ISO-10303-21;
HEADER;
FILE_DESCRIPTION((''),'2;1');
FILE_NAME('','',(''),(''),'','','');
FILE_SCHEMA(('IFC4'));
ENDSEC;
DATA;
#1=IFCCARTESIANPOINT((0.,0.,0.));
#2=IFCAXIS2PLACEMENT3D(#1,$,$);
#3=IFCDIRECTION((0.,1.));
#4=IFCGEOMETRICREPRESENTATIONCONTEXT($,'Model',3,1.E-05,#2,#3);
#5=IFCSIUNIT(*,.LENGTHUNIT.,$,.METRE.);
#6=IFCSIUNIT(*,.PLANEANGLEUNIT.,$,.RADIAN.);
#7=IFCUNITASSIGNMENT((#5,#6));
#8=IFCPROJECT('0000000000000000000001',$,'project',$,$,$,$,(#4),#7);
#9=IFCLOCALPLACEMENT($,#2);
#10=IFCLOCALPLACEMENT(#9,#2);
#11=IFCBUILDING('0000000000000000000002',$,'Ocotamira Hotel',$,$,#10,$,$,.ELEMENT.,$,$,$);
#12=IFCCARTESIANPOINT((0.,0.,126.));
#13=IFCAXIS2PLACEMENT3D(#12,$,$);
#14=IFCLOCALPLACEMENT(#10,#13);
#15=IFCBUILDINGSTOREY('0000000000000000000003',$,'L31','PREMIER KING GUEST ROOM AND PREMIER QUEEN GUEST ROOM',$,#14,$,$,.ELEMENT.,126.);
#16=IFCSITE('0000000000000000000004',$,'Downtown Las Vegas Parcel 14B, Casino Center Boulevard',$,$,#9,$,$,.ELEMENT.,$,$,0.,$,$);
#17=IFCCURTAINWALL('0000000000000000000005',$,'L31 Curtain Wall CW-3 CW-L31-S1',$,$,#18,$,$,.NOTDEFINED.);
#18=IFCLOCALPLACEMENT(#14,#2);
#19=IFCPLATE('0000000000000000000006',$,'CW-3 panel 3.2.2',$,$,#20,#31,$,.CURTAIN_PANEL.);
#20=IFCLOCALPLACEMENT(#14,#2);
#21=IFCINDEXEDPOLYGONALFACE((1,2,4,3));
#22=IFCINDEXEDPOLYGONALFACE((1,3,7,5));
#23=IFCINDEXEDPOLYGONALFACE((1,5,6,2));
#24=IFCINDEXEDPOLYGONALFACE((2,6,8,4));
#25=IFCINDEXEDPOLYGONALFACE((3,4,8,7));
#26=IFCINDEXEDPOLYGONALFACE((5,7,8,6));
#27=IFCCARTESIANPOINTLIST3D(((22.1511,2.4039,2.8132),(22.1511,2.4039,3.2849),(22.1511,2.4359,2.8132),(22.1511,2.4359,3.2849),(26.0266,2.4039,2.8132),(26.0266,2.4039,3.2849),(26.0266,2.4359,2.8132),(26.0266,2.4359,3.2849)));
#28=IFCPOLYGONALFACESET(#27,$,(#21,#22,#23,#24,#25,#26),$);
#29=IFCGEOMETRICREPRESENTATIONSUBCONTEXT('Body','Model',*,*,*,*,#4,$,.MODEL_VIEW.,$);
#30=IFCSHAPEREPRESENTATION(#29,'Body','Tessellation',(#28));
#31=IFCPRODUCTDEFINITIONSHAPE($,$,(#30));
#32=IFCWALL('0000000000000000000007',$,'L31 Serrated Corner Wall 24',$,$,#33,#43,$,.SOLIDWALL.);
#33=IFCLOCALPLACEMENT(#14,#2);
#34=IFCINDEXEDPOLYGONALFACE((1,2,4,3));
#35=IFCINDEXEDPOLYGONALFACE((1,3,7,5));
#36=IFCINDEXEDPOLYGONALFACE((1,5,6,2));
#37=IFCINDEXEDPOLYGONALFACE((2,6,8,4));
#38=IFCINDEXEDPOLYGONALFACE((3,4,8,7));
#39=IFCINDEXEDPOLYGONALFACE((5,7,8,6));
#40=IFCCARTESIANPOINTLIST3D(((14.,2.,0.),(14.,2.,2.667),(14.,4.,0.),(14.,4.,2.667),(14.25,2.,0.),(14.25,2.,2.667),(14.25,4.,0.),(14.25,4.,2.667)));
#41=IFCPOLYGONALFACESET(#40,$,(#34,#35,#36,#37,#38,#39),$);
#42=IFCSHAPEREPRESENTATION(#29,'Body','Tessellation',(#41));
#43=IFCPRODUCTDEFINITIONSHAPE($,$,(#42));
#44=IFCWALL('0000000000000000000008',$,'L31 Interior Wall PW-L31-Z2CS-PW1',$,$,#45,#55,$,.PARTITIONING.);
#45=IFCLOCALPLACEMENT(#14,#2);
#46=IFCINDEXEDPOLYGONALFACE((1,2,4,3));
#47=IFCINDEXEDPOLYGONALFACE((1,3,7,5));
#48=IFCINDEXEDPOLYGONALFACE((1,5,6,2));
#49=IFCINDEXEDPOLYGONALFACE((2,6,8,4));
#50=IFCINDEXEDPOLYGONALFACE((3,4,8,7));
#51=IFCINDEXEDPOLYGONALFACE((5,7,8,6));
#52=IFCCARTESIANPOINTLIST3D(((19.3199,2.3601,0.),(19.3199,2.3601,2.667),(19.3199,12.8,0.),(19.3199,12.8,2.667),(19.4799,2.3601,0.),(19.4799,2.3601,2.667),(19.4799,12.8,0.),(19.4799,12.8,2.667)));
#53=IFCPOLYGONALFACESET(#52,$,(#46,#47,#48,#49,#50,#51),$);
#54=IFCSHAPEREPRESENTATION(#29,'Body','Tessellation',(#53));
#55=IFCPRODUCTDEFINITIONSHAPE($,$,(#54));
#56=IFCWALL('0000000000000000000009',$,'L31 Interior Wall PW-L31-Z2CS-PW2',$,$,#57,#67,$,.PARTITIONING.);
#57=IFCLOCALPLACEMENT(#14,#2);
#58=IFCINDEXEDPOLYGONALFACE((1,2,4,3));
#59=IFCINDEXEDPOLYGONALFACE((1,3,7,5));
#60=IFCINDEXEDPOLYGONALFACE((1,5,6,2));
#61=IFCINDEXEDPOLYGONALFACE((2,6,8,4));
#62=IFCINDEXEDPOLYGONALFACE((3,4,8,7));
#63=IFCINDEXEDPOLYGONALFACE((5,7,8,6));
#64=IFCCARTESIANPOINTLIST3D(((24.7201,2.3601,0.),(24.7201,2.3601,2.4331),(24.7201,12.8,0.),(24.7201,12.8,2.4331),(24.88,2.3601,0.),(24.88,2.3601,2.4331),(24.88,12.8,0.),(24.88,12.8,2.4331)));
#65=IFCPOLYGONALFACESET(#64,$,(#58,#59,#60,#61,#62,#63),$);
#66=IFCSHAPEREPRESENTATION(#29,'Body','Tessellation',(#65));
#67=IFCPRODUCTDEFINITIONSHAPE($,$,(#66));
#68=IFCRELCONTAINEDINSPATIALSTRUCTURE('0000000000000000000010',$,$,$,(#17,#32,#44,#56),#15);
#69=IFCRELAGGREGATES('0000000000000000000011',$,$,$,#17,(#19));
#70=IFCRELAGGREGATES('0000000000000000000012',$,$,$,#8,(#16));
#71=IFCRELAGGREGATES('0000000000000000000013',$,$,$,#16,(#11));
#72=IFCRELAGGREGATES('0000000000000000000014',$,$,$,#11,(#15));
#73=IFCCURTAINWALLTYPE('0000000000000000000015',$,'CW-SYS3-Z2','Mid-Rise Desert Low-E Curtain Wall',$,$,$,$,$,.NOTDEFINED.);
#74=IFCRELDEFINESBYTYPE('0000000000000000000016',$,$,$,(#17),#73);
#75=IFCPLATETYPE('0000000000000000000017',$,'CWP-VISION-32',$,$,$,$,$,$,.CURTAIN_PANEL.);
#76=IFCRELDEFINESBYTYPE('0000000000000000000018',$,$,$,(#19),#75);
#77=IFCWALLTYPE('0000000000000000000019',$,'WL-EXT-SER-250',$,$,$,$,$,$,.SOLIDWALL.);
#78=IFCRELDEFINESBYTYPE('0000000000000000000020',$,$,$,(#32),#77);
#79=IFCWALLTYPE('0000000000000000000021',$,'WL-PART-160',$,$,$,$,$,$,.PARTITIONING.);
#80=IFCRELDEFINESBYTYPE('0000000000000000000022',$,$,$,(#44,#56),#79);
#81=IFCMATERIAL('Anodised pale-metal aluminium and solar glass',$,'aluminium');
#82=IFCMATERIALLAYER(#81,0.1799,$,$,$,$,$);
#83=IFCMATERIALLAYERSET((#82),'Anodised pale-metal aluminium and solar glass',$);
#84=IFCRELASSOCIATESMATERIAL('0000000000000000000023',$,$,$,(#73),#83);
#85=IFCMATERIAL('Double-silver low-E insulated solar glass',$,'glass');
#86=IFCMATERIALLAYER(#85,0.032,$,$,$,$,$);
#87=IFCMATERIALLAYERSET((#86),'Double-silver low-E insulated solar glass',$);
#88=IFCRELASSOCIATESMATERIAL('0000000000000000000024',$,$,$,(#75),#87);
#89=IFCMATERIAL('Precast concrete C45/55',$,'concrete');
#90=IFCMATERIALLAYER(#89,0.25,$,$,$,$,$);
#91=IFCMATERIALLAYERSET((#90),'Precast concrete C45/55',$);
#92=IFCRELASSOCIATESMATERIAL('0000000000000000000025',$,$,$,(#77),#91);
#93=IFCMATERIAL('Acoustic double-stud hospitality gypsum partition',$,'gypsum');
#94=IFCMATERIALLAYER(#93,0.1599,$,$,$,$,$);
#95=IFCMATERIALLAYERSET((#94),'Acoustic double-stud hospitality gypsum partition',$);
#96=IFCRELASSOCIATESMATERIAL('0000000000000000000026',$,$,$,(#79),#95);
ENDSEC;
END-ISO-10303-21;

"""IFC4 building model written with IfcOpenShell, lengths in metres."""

from ifc_helpers import new_model, si_unit, direction, frame, frame_2d, origin, origin_2d, place, context, subcontext, project, spatial, rectangle, extrude, source, transform, mapped, material, layer, layer_set, type_object, element, aggregate, save


model = new_model("IFC4")

# Units and contexts
model_context = context("Model", 3, precision=1e-05, world=origin(), true_north=direction((0.0, 1.0)))
body_context = subcontext(model_context, "Body", "Model", "MODEL_VIEW")
ifc_project = project(units=[si_unit("LENGTHUNIT", "METRE"), si_unit("PLANEANGLEUNIT", "RADIAN")], contexts=[model_context])

# Site, building, storey
site_placement = place(None, origin())
site = spatial("IfcSite", under=ifc_project, at=site_placement, Name="Downtown Las Vegas Parcel 14B, Casino Center Boulevard", CompositionType="ELEMENT", RefElevation=0.0)
building_placement = place(site_placement, origin())
building = spatial("IfcBuilding", under=site, at=building_placement, Name="Ocotamira Hotel", CompositionType="ELEMENT")
storey_placement = place(building_placement, frame((0.0, 0.0, 126.0)))
storey = spatial("IfcBuildingStorey", under=building, at=storey_placement, Name="L31", Description="PREMIER KING GUEST ROOM AND PREMIER QUEEN GUEST ROOM", CompositionType="ELEMENT", Elevation=126.0)

# Curtain wall
ifc_material_1 = material(Name="Anodised pale-metal aluminium and solar glass", Category="aluminium")
ifc_layer_1 = layer(ifc_material_1, 0.1799)
ifc_layer_set_1 = layer_set([ifc_layer_1], Name="Anodised pale-metal aluminium and solar glass")
curtain_wall_type = type_object("IfcCurtainWallType", Name="CW-SYS3-Z2", Description="Mid-Rise Desert Low-E Curtain Wall", PredefinedType="NOTDEFINED", material=ifc_layer_set_1)
curtain_wall_placement = place(storey_placement, origin())
curtain_wall = element("IfcCurtainWall", 1, at=curtain_wall_placement, inside=storey, type_object=curtain_wall_type, Name="L31 Curtain Wall CW-3 CW-L31-S1", PredefinedType="NOTDEFINED")

# Plate
ifc_material_2 = material(Name="Double-silver low-E insulated solar glass", Category="glass")
ifc_layer_2 = layer(ifc_material_2, 0.032)
ifc_layer_set_2 = layer_set([ifc_layer_2], Name="Double-silver low-E insulated solar glass")
plate_type_1 = type_object("IfcPlateType", Name="CWP-VISION-32", PredefinedType="CURTAIN_PANEL", material=ifc_layer_set_2)
shared_shape_1 = source(origin(), body_context, "Body", "SweptSolid", [
    extrude(rectangle(XDim=3.8755, YDim=0.032, at=origin_2d()), origin(), (0.0, 0.0, 1.0), 0.4717),
])
plate_1_placement = place(storey_placement, frame((24.0889, 2.4199, 2.8132), z_axis=(0.0, 0.0, 1.0), x_axis=(1.0, 0.0, 0.0)))
plate_1 = element("IfcPlate", 2, at=plate_1_placement, type_object=plate_type_1, Name="CW-3 panel 3.2.2", PredefinedType="CURTAIN_PANEL", context=body_context, shape_type="MappedRepresentation", body=[
    mapped(shared_shape_1, transform((0.0, 0.0, 0.0), scale=1.0)),
])
aggregate(curtain_wall, [plate_1])

# Walls
ifc_material_3 = material(Name="Precast concrete C45/55", Category="concrete")
ifc_layer_3 = layer(ifc_material_3, 0.25)
ifc_layer_set_3 = layer_set([ifc_layer_3], Name="Precast concrete C45/55")
wall_type_1 = type_object("IfcWallType", Name="WL-EXT-SER-250", PredefinedType="SOLIDWALL", material=ifc_layer_set_3)
wall_1_placement = place(storey_placement, frame((14.125, 4.0, 0.0), z_axis=(0.0, 0.0, 1.0), x_axis=(0.0, -1.0, 0.0)))
element("IfcWall", 3, at=wall_1_placement, inside=storey, type_object=wall_type_1, Name="L31 Serrated Corner Wall 24", PredefinedType="SOLIDWALL", context=body_context, shape_type="SweptSolid", body=[
    extrude(rectangle(XDim=2.0, YDim=0.25, at=frame_2d((1.0, 0.0))), origin(), (0.0, 0.0, 1.0), 2.667),
])
ifc_material_4 = material(Name="Acoustic double-stud hospitality gypsum partition", Category="gypsum")
ifc_layer_4 = layer(ifc_material_4, 0.1599)
ifc_layer_set_4 = layer_set([ifc_layer_4], Name="Acoustic double-stud hospitality gypsum partition")
wall_type_2 = type_object("IfcWallType", Name="WL-PART-160", PredefinedType="PARTITIONING", material=ifc_layer_set_4)
wall_2_placement = place(storey_placement, frame((19.3999, 2.3601, 0.0), z_axis=(0.0, 0.0, 1.0), x_axis=(0.0, 1.0, 0.0)))
element("IfcWall", 4, at=wall_2_placement, inside=storey, type_object=wall_type_2, Name="L31 Interior Wall PW-L31-Z2CS-PW1", PredefinedType="PARTITIONING", context=body_context, shape_type="SweptSolid", body=[
    extrude(rectangle(XDim=10.4399, YDim=0.1599, at=frame_2d((5.22, 0.0))), origin(), (0.0, 0.0, 1.0), 2.667),
])
wall_3_placement = place(storey_placement, frame((24.8, 2.3601, 0.0), z_axis=(0.0, 0.0, 1.0), x_axis=(0.0, 1.0, 0.0)))
element("IfcWall", 5, at=wall_3_placement, inside=storey, type_object=wall_type_2, Name="L31 Interior Wall PW-L31-Z2CS-PW2", PredefinedType="PARTITIONING", context=body_context, shape_type="SweptSolid", body=[
    extrude(rectangle(XDim=10.4399, YDim=0.1599, at=frame_2d((5.22, 0.0))), origin(), (0.0, 0.0, 1.0), 2.4331),
])

save(model, "model.ifc")
